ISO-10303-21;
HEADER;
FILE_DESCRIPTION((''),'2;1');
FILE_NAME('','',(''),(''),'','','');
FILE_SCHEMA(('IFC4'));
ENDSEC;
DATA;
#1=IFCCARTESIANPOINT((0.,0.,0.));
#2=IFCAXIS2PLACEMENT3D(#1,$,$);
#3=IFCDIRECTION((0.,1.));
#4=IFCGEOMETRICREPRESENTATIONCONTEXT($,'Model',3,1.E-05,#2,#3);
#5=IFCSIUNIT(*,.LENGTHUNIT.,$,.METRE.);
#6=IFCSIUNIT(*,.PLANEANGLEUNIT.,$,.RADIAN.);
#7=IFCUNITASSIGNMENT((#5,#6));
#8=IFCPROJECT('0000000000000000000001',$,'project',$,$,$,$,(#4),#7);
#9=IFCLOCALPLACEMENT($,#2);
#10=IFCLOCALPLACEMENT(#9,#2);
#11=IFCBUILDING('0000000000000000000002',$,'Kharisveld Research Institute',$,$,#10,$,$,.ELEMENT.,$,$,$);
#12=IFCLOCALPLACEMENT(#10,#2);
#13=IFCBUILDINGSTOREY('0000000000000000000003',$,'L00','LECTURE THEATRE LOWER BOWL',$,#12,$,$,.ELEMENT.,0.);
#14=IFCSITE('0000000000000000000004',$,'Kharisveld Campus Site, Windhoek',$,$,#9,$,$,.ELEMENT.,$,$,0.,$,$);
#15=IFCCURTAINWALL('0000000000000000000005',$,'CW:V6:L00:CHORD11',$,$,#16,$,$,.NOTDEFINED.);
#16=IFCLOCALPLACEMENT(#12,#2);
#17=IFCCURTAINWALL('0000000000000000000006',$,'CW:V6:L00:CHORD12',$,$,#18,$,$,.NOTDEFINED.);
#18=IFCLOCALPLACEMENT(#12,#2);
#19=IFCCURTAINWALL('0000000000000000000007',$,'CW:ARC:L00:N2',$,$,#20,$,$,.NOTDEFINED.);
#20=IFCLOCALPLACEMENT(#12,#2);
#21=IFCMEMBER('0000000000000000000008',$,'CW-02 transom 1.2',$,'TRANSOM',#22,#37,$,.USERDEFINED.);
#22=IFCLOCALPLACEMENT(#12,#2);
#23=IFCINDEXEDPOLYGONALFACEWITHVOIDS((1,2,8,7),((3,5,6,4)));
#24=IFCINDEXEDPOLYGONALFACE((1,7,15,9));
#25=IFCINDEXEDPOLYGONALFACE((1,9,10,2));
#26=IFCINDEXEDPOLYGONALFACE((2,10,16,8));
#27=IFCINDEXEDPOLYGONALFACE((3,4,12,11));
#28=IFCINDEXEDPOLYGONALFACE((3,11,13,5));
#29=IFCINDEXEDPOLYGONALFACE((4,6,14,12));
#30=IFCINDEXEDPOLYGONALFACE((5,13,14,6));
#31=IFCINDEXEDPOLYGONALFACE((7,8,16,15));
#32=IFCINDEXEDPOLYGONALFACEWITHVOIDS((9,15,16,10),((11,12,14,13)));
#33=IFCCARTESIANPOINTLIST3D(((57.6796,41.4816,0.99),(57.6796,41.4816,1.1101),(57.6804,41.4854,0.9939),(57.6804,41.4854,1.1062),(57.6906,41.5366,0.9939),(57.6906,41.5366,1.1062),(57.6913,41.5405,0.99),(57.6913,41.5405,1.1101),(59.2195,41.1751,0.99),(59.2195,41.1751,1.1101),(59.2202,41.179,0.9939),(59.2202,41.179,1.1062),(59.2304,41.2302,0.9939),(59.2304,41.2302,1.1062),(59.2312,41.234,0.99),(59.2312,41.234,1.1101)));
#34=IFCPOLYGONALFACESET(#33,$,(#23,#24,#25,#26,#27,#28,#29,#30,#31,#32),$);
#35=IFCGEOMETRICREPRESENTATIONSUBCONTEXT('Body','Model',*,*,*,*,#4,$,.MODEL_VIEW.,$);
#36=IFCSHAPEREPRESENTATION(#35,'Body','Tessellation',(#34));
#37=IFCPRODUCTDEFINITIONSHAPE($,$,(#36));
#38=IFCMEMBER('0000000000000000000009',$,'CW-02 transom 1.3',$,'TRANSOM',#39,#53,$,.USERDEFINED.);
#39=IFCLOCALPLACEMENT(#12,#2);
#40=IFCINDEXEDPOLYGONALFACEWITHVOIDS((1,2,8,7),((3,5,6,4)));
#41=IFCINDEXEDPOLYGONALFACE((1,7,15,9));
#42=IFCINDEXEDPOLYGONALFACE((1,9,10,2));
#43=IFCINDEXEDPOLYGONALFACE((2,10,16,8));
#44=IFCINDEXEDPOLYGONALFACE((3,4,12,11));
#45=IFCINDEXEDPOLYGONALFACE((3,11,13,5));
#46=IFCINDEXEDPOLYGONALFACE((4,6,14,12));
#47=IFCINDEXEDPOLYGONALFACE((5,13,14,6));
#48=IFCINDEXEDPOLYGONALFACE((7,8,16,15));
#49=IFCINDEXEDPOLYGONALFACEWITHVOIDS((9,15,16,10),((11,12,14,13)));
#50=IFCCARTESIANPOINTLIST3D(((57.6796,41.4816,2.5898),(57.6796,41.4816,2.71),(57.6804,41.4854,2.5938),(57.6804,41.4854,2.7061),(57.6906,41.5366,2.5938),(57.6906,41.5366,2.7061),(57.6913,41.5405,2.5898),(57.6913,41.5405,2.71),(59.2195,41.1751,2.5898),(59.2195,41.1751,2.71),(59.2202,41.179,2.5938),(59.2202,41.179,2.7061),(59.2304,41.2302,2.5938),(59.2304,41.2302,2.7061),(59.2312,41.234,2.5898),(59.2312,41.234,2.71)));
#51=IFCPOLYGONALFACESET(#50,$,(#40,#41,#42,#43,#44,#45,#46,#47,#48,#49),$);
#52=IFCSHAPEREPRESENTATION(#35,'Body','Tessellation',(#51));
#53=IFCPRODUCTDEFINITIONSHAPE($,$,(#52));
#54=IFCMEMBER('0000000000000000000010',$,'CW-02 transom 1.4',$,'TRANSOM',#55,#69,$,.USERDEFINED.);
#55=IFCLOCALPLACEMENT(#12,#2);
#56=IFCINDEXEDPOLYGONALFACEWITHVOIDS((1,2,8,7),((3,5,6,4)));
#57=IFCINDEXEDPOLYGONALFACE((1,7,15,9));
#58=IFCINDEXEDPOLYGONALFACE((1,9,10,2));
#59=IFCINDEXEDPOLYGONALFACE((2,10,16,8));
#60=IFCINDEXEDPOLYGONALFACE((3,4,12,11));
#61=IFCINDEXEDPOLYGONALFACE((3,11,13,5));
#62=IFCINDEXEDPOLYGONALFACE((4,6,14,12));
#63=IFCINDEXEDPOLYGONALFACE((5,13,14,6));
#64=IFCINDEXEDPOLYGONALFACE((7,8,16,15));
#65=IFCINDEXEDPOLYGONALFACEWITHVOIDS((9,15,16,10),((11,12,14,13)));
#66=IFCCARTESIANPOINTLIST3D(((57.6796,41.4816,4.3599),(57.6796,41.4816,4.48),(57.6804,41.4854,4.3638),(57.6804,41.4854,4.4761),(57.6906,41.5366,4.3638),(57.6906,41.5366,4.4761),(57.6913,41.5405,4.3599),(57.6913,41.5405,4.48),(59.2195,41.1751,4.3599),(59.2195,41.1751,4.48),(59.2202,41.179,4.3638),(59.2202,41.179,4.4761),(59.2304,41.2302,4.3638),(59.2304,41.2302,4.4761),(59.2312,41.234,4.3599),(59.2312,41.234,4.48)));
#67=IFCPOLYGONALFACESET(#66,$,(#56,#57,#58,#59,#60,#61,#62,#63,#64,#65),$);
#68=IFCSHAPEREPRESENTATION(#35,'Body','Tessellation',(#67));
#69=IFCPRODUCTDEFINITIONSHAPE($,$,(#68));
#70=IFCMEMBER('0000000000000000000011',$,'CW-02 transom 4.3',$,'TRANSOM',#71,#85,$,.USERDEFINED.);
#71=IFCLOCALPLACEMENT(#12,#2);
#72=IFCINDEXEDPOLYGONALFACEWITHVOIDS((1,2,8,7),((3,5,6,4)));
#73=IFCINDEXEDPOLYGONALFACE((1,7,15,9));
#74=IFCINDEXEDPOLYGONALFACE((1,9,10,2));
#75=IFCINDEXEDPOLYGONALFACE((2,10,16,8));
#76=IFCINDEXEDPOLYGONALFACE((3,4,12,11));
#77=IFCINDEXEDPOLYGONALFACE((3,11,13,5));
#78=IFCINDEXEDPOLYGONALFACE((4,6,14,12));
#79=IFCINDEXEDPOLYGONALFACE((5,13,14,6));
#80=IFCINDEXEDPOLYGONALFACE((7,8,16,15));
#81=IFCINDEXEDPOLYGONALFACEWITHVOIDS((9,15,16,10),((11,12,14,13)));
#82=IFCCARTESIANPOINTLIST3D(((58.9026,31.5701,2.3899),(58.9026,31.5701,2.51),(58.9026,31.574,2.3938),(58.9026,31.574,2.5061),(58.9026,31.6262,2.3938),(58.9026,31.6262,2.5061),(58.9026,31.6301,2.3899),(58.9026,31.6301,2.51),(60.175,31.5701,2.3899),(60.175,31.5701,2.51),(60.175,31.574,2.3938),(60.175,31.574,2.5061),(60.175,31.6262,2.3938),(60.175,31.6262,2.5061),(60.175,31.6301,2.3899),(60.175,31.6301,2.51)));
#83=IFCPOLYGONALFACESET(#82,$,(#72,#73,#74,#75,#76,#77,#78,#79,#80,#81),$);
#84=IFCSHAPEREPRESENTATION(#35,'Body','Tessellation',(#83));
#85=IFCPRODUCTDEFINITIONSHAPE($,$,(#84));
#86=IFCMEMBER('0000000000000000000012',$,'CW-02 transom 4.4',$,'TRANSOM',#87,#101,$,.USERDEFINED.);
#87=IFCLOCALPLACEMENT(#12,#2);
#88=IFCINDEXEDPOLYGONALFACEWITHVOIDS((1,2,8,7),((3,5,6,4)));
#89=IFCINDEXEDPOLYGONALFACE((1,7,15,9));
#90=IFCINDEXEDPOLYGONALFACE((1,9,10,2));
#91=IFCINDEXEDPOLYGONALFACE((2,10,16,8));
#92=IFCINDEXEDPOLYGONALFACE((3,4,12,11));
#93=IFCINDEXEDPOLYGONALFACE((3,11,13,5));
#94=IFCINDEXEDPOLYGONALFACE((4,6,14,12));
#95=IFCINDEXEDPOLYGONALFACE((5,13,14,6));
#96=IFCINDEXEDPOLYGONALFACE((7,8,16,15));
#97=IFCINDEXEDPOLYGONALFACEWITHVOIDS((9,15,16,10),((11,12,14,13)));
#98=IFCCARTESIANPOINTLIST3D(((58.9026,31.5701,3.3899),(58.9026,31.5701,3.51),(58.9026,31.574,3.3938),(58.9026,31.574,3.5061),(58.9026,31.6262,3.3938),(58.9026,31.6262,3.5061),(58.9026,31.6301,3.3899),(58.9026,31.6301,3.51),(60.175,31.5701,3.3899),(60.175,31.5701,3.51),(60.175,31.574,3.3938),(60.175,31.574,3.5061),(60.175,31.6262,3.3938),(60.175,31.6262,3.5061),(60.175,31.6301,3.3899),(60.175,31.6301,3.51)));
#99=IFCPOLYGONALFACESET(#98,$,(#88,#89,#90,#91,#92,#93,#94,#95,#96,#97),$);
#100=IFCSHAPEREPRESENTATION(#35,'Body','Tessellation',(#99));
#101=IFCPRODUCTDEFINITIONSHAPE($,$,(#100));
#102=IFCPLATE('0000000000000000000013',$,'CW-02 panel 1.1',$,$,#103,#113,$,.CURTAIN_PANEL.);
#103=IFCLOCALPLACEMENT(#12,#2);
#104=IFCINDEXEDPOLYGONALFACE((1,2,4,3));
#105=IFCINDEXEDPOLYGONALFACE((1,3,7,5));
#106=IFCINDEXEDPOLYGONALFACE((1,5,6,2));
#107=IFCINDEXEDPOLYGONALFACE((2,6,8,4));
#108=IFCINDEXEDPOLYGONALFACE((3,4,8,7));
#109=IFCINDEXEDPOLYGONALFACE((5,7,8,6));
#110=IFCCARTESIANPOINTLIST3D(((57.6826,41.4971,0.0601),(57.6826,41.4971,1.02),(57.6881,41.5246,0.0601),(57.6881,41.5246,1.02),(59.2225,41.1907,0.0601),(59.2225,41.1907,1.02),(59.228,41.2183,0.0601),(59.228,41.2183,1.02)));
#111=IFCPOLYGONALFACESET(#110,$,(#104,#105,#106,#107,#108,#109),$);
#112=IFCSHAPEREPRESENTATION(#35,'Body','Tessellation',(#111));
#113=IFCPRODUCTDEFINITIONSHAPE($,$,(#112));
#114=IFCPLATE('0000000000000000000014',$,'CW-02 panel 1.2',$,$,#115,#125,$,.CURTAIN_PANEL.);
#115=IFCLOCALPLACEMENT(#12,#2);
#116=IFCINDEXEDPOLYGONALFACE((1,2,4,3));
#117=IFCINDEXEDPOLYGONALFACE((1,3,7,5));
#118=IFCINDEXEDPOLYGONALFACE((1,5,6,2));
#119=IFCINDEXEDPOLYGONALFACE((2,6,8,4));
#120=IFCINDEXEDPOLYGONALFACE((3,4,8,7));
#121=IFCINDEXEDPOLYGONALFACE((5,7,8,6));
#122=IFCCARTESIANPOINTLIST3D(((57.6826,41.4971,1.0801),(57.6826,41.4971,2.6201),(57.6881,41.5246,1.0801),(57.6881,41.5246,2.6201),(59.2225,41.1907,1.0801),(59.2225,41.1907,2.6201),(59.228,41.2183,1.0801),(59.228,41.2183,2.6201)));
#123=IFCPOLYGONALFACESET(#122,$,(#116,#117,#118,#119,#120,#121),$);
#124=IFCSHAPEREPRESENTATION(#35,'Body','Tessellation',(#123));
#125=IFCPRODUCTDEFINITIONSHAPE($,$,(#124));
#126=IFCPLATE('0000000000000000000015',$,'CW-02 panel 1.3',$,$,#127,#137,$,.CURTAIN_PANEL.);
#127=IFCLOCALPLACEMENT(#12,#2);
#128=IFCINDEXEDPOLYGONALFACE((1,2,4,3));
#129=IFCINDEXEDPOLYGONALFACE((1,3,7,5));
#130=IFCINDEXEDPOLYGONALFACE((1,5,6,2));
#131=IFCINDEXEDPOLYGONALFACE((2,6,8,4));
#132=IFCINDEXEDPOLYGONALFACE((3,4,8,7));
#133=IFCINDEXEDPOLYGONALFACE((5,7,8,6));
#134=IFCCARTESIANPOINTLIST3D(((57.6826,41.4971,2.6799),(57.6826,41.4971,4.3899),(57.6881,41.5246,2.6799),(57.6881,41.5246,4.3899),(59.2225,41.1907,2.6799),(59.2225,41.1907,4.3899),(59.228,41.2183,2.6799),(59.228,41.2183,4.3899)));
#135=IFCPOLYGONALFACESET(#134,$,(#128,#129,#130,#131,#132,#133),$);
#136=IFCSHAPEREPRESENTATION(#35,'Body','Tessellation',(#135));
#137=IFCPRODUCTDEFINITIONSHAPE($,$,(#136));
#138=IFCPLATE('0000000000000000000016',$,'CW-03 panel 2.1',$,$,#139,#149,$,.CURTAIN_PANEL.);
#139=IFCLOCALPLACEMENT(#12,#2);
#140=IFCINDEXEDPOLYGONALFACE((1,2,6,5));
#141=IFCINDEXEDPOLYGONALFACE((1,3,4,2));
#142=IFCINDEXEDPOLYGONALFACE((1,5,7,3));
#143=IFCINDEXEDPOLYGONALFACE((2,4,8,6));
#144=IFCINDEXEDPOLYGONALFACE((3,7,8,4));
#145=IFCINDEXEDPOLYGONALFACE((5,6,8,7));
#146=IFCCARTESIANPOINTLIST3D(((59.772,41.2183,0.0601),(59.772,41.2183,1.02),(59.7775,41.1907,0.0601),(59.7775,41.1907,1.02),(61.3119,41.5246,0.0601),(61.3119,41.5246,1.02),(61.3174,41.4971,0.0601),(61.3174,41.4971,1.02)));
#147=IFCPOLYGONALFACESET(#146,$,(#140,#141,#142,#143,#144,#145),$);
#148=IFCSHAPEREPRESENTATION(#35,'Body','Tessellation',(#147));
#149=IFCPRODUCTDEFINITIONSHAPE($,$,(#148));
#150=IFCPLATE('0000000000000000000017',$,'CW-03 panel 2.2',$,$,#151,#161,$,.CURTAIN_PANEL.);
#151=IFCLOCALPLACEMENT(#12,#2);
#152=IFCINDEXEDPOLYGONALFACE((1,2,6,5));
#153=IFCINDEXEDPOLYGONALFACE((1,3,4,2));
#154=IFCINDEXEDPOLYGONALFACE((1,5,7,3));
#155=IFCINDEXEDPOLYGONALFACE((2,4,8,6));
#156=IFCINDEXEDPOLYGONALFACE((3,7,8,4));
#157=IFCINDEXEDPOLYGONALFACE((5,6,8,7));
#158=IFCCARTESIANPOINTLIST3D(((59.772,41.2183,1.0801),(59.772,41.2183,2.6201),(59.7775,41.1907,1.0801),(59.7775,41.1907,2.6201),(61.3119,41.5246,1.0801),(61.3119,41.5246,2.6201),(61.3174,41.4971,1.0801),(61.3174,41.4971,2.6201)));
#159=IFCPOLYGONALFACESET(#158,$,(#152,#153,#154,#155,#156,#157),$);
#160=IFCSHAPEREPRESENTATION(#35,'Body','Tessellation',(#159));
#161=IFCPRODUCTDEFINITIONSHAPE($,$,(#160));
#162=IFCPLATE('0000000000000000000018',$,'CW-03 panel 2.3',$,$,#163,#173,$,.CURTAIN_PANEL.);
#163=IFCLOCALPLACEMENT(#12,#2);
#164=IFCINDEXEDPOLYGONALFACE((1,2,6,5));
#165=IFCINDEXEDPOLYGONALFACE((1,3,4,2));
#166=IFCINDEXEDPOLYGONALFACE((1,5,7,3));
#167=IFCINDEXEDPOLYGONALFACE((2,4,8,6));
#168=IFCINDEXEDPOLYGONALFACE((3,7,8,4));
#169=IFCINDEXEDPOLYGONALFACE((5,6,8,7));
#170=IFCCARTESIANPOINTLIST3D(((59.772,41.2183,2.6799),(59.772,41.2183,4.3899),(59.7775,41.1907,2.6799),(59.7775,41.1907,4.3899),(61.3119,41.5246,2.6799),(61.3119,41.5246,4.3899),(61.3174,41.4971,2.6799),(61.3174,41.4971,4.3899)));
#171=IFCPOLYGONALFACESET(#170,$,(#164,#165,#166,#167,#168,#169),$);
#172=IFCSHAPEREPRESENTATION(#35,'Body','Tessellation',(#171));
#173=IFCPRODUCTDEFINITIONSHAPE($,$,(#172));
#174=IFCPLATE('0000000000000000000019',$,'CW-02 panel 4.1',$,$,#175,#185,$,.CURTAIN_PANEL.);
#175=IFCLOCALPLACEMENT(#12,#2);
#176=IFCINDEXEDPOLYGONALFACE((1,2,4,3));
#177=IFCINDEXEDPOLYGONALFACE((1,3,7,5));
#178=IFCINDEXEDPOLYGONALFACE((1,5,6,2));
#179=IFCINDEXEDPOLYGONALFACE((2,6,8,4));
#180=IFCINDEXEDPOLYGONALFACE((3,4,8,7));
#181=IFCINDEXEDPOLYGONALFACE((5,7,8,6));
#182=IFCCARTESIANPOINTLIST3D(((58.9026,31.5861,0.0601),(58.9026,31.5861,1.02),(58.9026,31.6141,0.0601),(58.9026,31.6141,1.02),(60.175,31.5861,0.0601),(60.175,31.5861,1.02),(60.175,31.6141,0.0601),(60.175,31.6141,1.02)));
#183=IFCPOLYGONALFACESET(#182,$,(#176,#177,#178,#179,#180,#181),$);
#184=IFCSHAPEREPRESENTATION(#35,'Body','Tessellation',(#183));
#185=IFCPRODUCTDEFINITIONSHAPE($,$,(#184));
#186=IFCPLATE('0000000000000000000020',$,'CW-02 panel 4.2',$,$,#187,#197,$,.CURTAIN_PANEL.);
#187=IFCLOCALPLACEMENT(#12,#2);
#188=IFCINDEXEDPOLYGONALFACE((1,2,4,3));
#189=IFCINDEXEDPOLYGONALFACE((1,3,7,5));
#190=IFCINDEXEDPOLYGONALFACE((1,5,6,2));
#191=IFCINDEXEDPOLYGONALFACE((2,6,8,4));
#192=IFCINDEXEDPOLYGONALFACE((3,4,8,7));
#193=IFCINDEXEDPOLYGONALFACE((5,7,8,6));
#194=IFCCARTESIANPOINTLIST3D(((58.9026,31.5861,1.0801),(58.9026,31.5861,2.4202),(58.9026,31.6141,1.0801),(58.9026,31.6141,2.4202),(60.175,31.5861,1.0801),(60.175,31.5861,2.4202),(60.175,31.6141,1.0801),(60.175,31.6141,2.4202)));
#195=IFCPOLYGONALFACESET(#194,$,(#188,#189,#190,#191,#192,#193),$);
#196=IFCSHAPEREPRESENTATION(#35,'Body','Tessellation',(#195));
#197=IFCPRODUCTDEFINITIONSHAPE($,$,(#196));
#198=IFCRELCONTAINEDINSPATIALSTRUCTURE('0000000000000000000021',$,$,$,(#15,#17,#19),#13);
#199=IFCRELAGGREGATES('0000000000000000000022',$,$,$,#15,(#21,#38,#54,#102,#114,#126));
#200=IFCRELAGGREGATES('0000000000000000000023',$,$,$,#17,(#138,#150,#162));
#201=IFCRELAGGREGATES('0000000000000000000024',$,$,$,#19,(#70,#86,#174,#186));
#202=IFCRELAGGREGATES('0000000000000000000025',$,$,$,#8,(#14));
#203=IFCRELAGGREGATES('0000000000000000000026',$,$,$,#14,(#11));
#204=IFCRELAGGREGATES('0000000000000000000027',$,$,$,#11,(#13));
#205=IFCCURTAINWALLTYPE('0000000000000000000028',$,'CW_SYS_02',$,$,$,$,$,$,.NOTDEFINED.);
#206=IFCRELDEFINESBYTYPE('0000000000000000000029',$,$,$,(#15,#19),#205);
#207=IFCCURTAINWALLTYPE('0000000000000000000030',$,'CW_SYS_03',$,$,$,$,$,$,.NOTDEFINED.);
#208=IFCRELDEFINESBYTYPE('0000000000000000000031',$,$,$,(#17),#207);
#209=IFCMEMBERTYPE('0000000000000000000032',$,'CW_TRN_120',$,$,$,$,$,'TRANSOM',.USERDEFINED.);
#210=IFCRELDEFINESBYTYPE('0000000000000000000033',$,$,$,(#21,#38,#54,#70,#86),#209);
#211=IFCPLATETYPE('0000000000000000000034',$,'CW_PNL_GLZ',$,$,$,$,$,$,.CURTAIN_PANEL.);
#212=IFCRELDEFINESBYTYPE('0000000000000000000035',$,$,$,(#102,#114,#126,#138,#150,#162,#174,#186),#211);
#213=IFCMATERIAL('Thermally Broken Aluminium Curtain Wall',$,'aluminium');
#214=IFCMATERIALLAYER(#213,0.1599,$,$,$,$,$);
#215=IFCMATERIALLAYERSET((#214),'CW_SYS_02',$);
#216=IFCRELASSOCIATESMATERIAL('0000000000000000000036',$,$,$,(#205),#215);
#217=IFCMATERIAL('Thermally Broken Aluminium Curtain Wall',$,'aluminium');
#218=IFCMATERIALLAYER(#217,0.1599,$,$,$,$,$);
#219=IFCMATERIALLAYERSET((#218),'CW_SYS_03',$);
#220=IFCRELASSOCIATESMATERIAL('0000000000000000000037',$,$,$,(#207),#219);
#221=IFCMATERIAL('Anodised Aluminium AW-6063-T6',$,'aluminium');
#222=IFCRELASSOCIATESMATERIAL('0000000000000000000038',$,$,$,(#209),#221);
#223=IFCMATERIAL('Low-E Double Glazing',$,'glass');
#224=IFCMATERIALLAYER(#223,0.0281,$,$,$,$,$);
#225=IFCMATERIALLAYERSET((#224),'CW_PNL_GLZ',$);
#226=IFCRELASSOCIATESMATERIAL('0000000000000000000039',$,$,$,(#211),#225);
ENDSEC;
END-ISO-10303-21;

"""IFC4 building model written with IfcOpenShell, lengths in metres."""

from ifc_helpers import new_model, si_unit, direction, frame, origin, origin_2d, place, context, subcontext, project, spatial, rectangle, hollow_rectangle, extrude, material, layer, layer_set, material_profile, profile_set, type_object, element, aggregate, save


model = new_model("IFC4")

# Units and contexts
model_context = context("Model", 3, precision=1e-05, world=origin(), true_north=direction((0.0, 1.0)))
body_context = subcontext(model_context, "Body", "Model", "MODEL_VIEW")
ifc_project = project(units=[si_unit("LENGTHUNIT", "METRE"), si_unit("PLANEANGLEUNIT", "RADIAN")], contexts=[model_context])

# Site, building, storey
site_placement = place(None, origin())
site = spatial("IfcSite", under=ifc_project, at=site_placement, Name="Kharisveld Campus Site, Windhoek", CompositionType="ELEMENT", RefElevation=0.0)
building_placement = place(site_placement, origin())
building = spatial("IfcBuilding", under=site, at=building_placement, Name="Kharisveld Research Institute", CompositionType="ELEMENT")
storey_placement = place(building_placement, origin())
storey = spatial("IfcBuildingStorey", under=building, at=storey_placement, Name="L00", Description="LECTURE THEATRE LOWER BOWL", CompositionType="ELEMENT", Elevation=0.0)

# Curtain walls
ifc_material_1 = material(Name="Thermally Broken Aluminium Curtain Wall", Category="aluminium")
ifc_layer_1 = layer(ifc_material_1, 0.1599)
ifc_layer_set_1 = layer_set([ifc_layer_1], Name="CW_SYS_02")
curtain_wall_type_1 = type_object("IfcCurtainWallType", Name="CW_SYS_02", PredefinedType="NOTDEFINED", material=ifc_layer_set_1)
curtain_wall_1_placement = place(storey_placement, origin())
curtain_wall_1 = element("IfcCurtainWall", 1, at=curtain_wall_1_placement, inside=storey, type_object=curtain_wall_type_1, Name="CW:V6:L00:CHORD11", PredefinedType="NOTDEFINED")
ifc_material_2 = material(Name="Thermally Broken Aluminium Curtain Wall", Category="aluminium")
ifc_layer_2 = layer(ifc_material_2, 0.1599)
ifc_layer_set_2 = layer_set([ifc_layer_2], Name="CW_SYS_03")
curtain_wall_type_2 = type_object("IfcCurtainWallType", Name="CW_SYS_03", PredefinedType="NOTDEFINED", material=ifc_layer_set_2)
curtain_wall_2_placement = place(storey_placement, origin())
curtain_wall_2 = element("IfcCurtainWall", 2, at=curtain_wall_2_placement, inside=storey, type_object=curtain_wall_type_2, Name="CW:V6:L00:CHORD12", PredefinedType="NOTDEFINED")
curtain_wall_3_placement = place(storey_placement, origin())
curtain_wall_3 = element("IfcCurtainWall", 3, at=curtain_wall_3_placement, inside=storey, type_object=curtain_wall_type_1, Name="CW:ARC:L00:N2", PredefinedType="NOTDEFINED")

# Members
ifc_material_3 = material(Name="Anodised Aluminium AW-6063-T6", Category="aluminium")
ifc_material_profile_1 = material_profile(ifc_material_3, hollow_rectangle(XDim=0.0601, YDim=0.1201, WallThickness=0.0039, at=origin_2d()))
ifc_profile_set_1 = profile_set([ifc_material_profile_1], Name="Anodised Aluminium AW-6063-T6")
member_type_1 = type_object("IfcMemberType", Name="CW_TRN_120", ElementType="TRANSOM", PredefinedType="USERDEFINED", material=ifc_profile_set_1)
member_1_placement = place(storey_placement, frame((59.2253, 41.2046, 1.05), z_axis=(-0.980772, 0.195159, 0.0), x_axis=(-0.195159, -0.980772, 0.0)))
member_1 = element("IfcMember", 4, at=member_1_placement, type_object=member_type_1, Name="CW-02 transom 1.2", ObjectType="TRANSOM", PredefinedType="USERDEFINED", context=body_context, shape_type="SweptSolid", body=[
    extrude(hollow_rectangle(XDim=0.0601, YDim=0.1201, WallThickness=0.0039, at=origin_2d()), origin(), (0.0, 0.0, 1.0), 1.5701),
])
member_2_placement = place(storey_placement, frame((59.2253, 41.2046, 2.6499), z_axis=(-0.980772, 0.195159, 0.0), x_axis=(-0.195159, -0.980772, 0.0)))
member_2 = element("IfcMember", 5, at=member_2_placement, type_object=member_type_1, Name="CW-02 transom 1.3", ObjectType="TRANSOM", PredefinedType="USERDEFINED", context=body_context, shape_type="SweptSolid", body=[
    extrude(hollow_rectangle(XDim=0.0601, YDim=0.1201, WallThickness=0.0039, at=origin_2d()), origin(), (0.0, 0.0, 1.0), 1.5701),
])
member_3_placement = place(storey_placement, frame((59.2253, 41.2046, 4.4199), z_axis=(-0.980772, 0.195159, 0.0), x_axis=(-0.195159, -0.980772, 0.0)))
member_3 = element("IfcMember", 6, at=member_3_placement, type_object=member_type_1, Name="CW-02 transom 1.4", ObjectType="TRANSOM", PredefinedType="USERDEFINED", context=body_context, shape_type="SweptSolid", body=[
    extrude(hollow_rectangle(XDim=0.0601, YDim=0.1201, WallThickness=0.0039, at=origin_2d()), origin(), (0.0, 0.0, 1.0), 1.5701),
])
member_4_placement = place(storey_placement, frame((58.9026, 31.6001, 2.45), z_axis=(1.0, 0.0, 0.0), x_axis=(0.0, 1.0, 0.0)))
member_4 = element("IfcMember", 7, at=member_4_placement, type_object=member_type_1, Name="CW-02 transom 4.3", ObjectType="TRANSOM", PredefinedType="USERDEFINED", context=body_context, shape_type="SweptSolid", body=[
    extrude(hollow_rectangle(XDim=0.0601, YDim=0.1201, WallThickness=0.0039, at=origin_2d()), origin(), (0.0, 0.0, 1.0), 1.2725),
])
member_5_placement = place(storey_placement, frame((58.9026, 31.6001, 3.45), z_axis=(1.0, 0.0, 0.0), x_axis=(0.0, 1.0, 0.0)))
member_5 = element("IfcMember", 8, at=member_5_placement, type_object=member_type_1, Name="CW-02 transom 4.4", ObjectType="TRANSOM", PredefinedType="USERDEFINED", context=body_context, shape_type="SweptSolid", body=[
    extrude(hollow_rectangle(XDim=0.0601, YDim=0.1201, WallThickness=0.0039, at=origin_2d()), origin(), (0.0, 0.0, 1.0), 1.2725),
])

# Plates
ifc_material_4 = material(Name="Low-E Double Glazing", Category="glass")
ifc_layer_3 = layer(ifc_material_4, 0.0281)
ifc_layer_set_3 = layer_set([ifc_layer_3], Name="CW_PNL_GLZ")
plate_type = type_object("IfcPlateType", Name="CW_PNL_GLZ", PredefinedType="CURTAIN_PANEL", material=ifc_layer_set_3)
plate_1_placement = place(storey_placement, frame((58.4553, 41.3577, 0.0601), z_axis=(0.0, 0.0, 1.0), x_axis=(-0.980785, 0.195091, 0.0)))
plate_1 = element("IfcPlate", 9, at=plate_1_placement, type_object=plate_type, Name="CW-02 panel 1.1", PredefinedType="CURTAIN_PANEL", context=body_context, shape_type="SweptSolid", body=[
    extrude(rectangle(XDim=1.5701, YDim=0.0281, at=origin_2d()), origin(), (0.0, 0.0, 1.0), 0.96),
])
plate_2_placement = place(storey_placement, frame((58.4553, 41.3577, 1.0801), z_axis=(0.0, 0.0, 1.0), x_axis=(-0.980785, 0.195091, 0.0)))
plate_2 = element("IfcPlate", 10, at=plate_2_placement, type_object=plate_type, Name="CW-02 panel 1.2", PredefinedType="CURTAIN_PANEL", context=body_context, shape_type="SweptSolid", body=[
    extrude(rectangle(XDim=1.5701, YDim=0.0281, at=origin_2d()), origin(), (0.0, 0.0, 1.0), 1.54),
])
plate_3_placement = place(storey_placement, frame((58.4553, 41.3577, 2.6799), z_axis=(0.0, 0.0, 1.0), x_axis=(-0.980785, 0.195091, 0.0)))
plate_3 = element("IfcPlate", 11, at=plate_3_placement, type_object=plate_type, Name="CW-02 panel 1.3", PredefinedType="CURTAIN_PANEL", context=body_context, shape_type="SweptSolid", body=[
    extrude(rectangle(XDim=1.5701, YDim=0.0281, at=origin_2d()), origin(), (0.0, 0.0, 1.0), 1.71),
])
aggregate(curtain_wall_1, [member_1, member_2, member_3, plate_1, plate_2, plate_3])
plate_4_placement = place(storey_placement, frame((60.5447, 41.3577, 0.0601), z_axis=(0.0, 0.0, 1.0), x_axis=(-0.980785, -0.195091, 0.0)))
plate_4 = element("IfcPlate", 12, at=plate_4_placement, type_object=plate_type, Name="CW-03 panel 2.1", PredefinedType="CURTAIN_PANEL", context=body_context, shape_type="SweptSolid", body=[
    extrude(rectangle(XDim=1.5701, YDim=0.0281, at=origin_2d()), origin(), (0.0, 0.0, 1.0), 0.96),
])
plate_5_placement = place(storey_placement, frame((60.5447, 41.3577, 1.0801), z_axis=(0.0, 0.0, 1.0), x_axis=(-0.980785, -0.195091, 0.0)))
plate_5 = element("IfcPlate", 13, at=plate_5_placement, type_object=plate_type, Name="CW-03 panel 2.2", PredefinedType="CURTAIN_PANEL", context=body_context, shape_type="SweptSolid", body=[
    extrude(rectangle(XDim=1.5701, YDim=0.0281, at=origin_2d()), origin(), (0.0, 0.0, 1.0), 1.54),
])
plate_6_placement = place(storey_placement, frame((60.5447, 41.3577, 2.6799), z_axis=(0.0, 0.0, 1.0), x_axis=(-0.980785, -0.195091, 0.0)))
plate_6 = element("IfcPlate", 14, at=plate_6_placement, type_object=plate_type, Name="CW-03 panel 2.3", PredefinedType="CURTAIN_PANEL", context=body_context, shape_type="SweptSolid", body=[
    extrude(rectangle(XDim=1.5701, YDim=0.0281, at=origin_2d()), origin(), (0.0, 0.0, 1.0), 1.71),
])
aggregate(curtain_wall_2, [plate_4, plate_5, plate_6])
plate_7_placement = place(storey_placement, frame((59.5388, 31.6001, 0.0601), z_axis=(0.0, 0.0, 1.0), x_axis=(1.0, 0.0, 0.0)))
plate_7 = element("IfcPlate", 15, at=plate_7_placement, type_object=plate_type, Name="CW-02 panel 4.1", PredefinedType="CURTAIN_PANEL", context=body_context, shape_type="SweptSolid", body=[
    extrude(rectangle(XDim=1.2725, YDim=0.0281, at=origin_2d()), origin(), (0.0, 0.0, 1.0), 0.96),
])
plate_8_placement = place(storey_placement, frame((59.5388, 31.6001, 1.0801), z_axis=(0.0, 0.0, 1.0), x_axis=(1.0, 0.0, 0.0)))
plate_8 = element("IfcPlate", 16, at=plate_8_placement, type_object=plate_type, Name="CW-02 panel 4.2", PredefinedType="CURTAIN_PANEL", context=body_context, shape_type="SweptSolid", body=[
    extrude(rectangle(XDim=1.2725, YDim=0.0281, at=origin_2d()), origin(), (0.0, 0.0, 1.0), 1.3401),
])
aggregate(curtain_wall_3, [member_4, member_5, plate_7, plate_8])

save(model, "model.ifc")
